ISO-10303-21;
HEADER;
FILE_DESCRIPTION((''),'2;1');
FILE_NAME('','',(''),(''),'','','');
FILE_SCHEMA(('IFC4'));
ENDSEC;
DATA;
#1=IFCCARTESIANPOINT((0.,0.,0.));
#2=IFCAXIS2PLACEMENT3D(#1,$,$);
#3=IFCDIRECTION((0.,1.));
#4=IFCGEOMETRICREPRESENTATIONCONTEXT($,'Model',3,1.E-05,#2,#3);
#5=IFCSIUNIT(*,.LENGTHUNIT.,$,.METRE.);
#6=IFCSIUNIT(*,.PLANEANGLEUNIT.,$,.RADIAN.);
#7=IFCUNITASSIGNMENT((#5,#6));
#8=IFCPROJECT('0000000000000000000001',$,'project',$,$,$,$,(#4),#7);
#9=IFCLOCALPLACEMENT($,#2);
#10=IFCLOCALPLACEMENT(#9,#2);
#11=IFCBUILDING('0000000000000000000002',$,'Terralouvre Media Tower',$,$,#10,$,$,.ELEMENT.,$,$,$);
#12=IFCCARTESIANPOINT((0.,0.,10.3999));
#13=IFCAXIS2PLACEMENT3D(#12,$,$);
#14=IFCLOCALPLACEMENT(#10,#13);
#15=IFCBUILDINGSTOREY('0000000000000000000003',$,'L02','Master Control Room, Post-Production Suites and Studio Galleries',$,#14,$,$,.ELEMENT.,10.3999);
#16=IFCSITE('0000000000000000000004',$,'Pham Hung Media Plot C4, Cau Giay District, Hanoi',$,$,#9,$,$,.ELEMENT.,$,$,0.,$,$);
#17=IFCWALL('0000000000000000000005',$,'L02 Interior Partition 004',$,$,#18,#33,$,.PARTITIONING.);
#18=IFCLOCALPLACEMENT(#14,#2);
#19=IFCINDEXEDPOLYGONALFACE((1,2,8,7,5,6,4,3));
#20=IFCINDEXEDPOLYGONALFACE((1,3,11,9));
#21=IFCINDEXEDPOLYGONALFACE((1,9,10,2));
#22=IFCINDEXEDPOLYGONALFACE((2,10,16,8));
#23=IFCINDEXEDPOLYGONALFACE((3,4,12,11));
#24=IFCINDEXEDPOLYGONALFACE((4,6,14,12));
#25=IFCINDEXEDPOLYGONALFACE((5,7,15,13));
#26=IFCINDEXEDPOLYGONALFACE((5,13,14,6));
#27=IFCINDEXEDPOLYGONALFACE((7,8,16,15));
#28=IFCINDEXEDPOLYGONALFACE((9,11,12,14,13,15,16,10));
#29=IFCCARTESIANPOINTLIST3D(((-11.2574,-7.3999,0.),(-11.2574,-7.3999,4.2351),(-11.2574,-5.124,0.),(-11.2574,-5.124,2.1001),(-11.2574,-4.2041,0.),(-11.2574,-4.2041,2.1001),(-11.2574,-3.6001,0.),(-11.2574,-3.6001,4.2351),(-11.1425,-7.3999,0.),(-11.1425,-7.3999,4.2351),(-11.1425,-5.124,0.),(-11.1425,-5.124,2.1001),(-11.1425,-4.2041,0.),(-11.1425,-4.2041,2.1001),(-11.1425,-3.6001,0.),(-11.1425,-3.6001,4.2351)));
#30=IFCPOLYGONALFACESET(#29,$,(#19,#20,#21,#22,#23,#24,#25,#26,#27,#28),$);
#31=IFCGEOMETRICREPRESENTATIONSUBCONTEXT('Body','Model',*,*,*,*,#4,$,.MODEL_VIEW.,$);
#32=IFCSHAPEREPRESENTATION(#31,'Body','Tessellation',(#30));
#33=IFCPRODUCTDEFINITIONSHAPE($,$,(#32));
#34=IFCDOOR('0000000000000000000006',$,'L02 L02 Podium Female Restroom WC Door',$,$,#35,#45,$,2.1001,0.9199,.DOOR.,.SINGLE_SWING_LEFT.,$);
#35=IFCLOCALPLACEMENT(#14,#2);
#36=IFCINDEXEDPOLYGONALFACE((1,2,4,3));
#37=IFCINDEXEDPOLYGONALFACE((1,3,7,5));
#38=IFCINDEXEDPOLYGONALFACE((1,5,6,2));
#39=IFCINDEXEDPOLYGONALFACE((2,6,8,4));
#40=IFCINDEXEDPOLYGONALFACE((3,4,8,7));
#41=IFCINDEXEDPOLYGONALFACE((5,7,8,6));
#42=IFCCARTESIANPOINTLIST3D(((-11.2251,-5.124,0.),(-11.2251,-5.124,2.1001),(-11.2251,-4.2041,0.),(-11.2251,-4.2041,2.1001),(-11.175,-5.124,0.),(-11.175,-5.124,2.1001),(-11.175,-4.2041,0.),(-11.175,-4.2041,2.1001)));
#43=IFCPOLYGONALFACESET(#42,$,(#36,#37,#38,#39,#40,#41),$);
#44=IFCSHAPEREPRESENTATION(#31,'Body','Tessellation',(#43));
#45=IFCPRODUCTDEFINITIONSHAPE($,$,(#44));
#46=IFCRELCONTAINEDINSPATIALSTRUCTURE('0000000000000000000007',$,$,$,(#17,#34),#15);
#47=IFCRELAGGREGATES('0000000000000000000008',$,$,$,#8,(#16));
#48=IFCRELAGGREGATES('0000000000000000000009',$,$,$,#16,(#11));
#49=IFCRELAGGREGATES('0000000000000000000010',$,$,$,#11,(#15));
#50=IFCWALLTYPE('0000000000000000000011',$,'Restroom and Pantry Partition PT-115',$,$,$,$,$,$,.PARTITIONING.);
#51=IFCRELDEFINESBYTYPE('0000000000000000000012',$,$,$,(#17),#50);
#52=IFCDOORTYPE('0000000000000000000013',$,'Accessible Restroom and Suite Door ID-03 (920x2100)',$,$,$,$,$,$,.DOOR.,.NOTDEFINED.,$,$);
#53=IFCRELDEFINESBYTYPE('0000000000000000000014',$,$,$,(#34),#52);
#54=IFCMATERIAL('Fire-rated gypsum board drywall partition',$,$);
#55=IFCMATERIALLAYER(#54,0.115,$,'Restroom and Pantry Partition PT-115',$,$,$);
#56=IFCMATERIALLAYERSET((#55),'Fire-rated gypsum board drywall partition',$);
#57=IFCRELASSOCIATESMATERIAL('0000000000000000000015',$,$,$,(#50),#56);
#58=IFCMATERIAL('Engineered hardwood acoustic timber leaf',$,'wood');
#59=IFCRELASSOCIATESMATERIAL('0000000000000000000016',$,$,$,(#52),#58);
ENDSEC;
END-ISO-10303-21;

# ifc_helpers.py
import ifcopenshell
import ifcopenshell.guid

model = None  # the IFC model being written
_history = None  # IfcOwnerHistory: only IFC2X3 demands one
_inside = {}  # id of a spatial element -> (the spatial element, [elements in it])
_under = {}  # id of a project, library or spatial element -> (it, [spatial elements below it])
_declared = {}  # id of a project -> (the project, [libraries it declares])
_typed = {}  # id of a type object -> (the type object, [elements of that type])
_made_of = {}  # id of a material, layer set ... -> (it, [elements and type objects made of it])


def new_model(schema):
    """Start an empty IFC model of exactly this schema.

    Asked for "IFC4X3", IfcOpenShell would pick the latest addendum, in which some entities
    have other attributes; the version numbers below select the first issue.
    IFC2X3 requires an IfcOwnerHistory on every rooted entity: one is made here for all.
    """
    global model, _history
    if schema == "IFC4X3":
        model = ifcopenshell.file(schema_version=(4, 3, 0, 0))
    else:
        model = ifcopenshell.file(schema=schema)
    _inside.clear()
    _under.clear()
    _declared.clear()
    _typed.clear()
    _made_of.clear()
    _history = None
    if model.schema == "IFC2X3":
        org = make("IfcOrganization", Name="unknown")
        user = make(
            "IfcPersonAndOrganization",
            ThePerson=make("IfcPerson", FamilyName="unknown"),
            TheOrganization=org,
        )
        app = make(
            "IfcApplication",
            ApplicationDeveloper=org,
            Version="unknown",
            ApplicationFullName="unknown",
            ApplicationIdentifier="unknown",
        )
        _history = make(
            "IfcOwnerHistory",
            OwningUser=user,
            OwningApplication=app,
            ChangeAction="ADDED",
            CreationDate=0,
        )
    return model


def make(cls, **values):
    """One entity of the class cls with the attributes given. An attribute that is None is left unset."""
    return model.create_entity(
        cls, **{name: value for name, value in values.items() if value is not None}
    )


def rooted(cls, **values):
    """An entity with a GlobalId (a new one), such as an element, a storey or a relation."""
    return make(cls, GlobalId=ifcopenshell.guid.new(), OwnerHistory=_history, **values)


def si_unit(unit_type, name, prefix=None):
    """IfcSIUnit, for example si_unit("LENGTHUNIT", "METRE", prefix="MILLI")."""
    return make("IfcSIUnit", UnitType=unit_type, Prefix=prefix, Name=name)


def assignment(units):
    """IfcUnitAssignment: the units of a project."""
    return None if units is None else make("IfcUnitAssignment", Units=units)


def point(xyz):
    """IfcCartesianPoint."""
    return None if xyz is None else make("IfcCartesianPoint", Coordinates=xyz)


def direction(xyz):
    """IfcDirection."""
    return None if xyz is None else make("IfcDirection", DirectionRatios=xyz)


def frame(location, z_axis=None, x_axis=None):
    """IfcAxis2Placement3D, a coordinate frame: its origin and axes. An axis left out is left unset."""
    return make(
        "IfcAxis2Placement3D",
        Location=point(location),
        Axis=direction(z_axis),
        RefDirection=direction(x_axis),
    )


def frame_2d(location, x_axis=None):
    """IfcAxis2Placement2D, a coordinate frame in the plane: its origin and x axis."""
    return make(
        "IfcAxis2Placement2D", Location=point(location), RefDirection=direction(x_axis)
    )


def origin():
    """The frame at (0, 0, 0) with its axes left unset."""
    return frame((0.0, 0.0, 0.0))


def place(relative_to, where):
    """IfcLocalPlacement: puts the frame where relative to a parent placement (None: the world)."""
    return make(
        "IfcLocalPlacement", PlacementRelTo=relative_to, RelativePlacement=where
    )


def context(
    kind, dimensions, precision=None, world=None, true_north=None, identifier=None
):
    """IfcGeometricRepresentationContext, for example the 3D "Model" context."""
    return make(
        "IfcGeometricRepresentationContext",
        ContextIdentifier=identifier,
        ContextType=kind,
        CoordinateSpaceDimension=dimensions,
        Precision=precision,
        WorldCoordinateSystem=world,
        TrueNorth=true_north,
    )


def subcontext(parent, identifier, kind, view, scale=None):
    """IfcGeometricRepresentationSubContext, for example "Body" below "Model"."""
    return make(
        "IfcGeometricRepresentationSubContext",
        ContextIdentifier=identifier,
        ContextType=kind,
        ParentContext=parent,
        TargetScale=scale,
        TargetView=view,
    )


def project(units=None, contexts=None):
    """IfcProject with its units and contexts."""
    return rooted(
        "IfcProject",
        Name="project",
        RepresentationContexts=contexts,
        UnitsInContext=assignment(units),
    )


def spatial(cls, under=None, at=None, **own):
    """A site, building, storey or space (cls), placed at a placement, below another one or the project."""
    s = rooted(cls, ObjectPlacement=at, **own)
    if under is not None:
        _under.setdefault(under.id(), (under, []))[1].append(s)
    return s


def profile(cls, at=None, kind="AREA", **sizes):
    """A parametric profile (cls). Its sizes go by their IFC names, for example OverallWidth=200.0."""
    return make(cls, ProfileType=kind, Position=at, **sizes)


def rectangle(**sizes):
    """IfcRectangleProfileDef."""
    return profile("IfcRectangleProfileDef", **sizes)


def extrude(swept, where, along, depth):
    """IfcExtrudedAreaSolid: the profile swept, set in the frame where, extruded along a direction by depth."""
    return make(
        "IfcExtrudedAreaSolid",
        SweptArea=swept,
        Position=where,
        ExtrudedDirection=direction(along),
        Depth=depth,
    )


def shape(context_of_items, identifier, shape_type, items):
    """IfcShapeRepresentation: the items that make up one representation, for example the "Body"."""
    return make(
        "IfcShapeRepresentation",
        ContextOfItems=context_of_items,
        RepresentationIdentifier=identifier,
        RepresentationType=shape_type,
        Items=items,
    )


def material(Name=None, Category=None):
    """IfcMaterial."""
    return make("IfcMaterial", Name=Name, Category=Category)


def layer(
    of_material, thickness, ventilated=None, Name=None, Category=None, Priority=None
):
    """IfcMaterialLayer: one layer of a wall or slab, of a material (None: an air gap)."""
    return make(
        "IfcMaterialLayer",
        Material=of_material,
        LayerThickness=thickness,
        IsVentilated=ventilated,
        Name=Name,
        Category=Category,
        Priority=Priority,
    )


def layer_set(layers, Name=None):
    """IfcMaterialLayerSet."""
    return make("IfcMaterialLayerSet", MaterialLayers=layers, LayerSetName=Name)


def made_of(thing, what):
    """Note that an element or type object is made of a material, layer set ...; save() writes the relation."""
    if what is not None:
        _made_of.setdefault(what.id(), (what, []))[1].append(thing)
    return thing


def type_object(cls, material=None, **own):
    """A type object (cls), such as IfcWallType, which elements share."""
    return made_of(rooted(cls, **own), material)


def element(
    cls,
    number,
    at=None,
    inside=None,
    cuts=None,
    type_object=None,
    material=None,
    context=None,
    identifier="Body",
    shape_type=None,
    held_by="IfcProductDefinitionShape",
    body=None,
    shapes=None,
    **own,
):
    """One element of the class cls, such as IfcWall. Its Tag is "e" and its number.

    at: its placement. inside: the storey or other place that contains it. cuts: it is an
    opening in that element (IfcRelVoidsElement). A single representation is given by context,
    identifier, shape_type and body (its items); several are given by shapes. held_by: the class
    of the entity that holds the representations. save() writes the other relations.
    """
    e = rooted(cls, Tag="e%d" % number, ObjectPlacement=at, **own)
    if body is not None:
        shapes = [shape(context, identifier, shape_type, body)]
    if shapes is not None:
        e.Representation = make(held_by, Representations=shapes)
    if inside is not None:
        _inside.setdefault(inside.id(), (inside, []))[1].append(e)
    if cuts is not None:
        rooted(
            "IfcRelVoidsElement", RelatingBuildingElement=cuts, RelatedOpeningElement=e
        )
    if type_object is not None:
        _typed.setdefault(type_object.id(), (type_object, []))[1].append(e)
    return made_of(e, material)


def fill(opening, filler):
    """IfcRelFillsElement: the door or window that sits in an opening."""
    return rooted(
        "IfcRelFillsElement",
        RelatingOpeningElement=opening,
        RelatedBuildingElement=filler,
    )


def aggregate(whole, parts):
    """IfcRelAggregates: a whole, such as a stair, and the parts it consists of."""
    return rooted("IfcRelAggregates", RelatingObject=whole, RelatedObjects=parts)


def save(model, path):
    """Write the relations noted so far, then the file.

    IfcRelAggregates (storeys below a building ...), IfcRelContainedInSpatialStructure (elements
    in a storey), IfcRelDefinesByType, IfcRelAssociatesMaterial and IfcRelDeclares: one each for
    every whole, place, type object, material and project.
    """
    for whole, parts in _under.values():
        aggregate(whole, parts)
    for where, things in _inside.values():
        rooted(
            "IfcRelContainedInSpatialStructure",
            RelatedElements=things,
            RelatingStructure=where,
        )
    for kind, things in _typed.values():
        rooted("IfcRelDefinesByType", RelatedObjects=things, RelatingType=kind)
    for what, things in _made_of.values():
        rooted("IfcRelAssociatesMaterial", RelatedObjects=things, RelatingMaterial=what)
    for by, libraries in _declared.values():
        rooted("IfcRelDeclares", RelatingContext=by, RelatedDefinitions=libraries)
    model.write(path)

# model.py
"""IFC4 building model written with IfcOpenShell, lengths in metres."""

from ifc_helpers import new_model, si_unit, direction, frame, frame_2d, origin, place, context, subcontext, project, spatial, rectangle, extrude, material, layer, layer_set, type_object, element, fill, save


model = new_model("IFC4")

# Units and contexts
model_context = context("Model", 3, precision=1e-05, world=origin(), true_north=direction((0.0, 1.0)))
body_context = subcontext(model_context, "Body", "Model", "MODEL_VIEW")
ifc_project = project(units=[si_unit("LENGTHUNIT", "METRE"), si_unit("PLANEANGLEUNIT", "RADIAN")], contexts=[model_context])

# Site, building, storey
site_placement = place(None, origin())
site = spatial("IfcSite", under=ifc_project, at=site_placement, Name="Pham Hung Media Plot C4, Cau Giay District, Hanoi", CompositionType="ELEMENT", RefElevation=0.0)
building_placement = place(site_placement, origin())
building = spatial("IfcBuilding", under=site, at=building_placement, Name="Terralouvre Media Tower", CompositionType="ELEMENT")
storey_placement = place(building_placement, frame((0.0, 0.0, 10.3999)))
storey = spatial("IfcBuildingStorey", under=building, at=storey_placement, Name="L02", Description="Master Control Room, Post-Production Suites and Studio Galleries", CompositionType="ELEMENT", Elevation=10.3999)

# Wall, opening, door
ifc_material_1 = material(Name="Fire-rated gypsum board drywall partition")
ifc_layer_1 = layer(ifc_material_1, 0.115, Name="Restroom and Pantry Partition PT-115")
ifc_layer_set_1 = layer_set([ifc_layer_1], Name="Fire-rated gypsum board drywall partition")
wall_type_1 = type_object("IfcWallType", Name="Restroom and Pantry Partition PT-115", PredefinedType="PARTITIONING", material=ifc_layer_set_1)
wall_1_placement = place(storey_placement, frame((-11.2, -3.6001, 0.0), z_axis=(0.0, 0.0, 1.0), x_axis=(0.0, -1.0, 0.0)))
wall_1 = element("IfcWall", 1, at=wall_1_placement, inside=storey, type_object=wall_type_1, Name="L02 Interior Partition 004", PredefinedType="PARTITIONING", context=body_context, shape_type="SweptSolid", body=[
    extrude(rectangle(XDim=3.7998, YDim=0.115, at=frame_2d((1.8999, 0.0))), origin(), (0.0, 0.0, 1.0), 4.2351),
])
opening_1_placement = place(wall_1_placement, frame((0.604, 0.0, 0.0)))
opening_1 = element("IfcOpeningElement", 2, at=opening_1_placement, cuts=wall_1, PredefinedType="OPENING", context=body_context, shape_type="SweptSolid", body=[
    extrude(rectangle(XDim=0.9199, YDim=2.1001, at=frame_2d((0.46, 1.05))), frame((0.0, 0.0674, 0.0), z_axis=(0.0, -1.0, 0.0), x_axis=(1.0, 0.0, 0.0)), (0.0, 0.0, 1.0), 0.135),
])
ifc_material_2 = material(Name="Engineered hardwood acoustic timber leaf", Category="wood")
door_type_1 = type_object("IfcDoorType", Name="Accessible Restroom and Suite Door ID-03 (920x2100)", OperationType="NOTDEFINED", PredefinedType="DOOR", material=ifc_material_2)
door_1_placement = place(opening_1_placement, origin())
door_1 = element("IfcDoor", 3, at=door_1_placement, inside=storey, type_object=door_type_1, Name="L02 L02 Podium Female Restroom WC Door", OperationType="SINGLE_SWING_LEFT", OverallHeight=2.1001, OverallWidth=0.9199, PredefinedType="DOOR", context=body_context, shape_type="SweptSolid", body=[
    extrude(rectangle(XDim=0.9199, YDim=2.1001, at=frame_2d((0.46, 1.05))), frame((0.0, 0.0249, 0.0), z_axis=(0.0, -1.0, 0.0), x_axis=(1.0, 0.0, 0.0)), (0.0, 0.0, 1.0), 0.05),
])
fill(opening_1, door_1)

save(model, "model.ifc")
